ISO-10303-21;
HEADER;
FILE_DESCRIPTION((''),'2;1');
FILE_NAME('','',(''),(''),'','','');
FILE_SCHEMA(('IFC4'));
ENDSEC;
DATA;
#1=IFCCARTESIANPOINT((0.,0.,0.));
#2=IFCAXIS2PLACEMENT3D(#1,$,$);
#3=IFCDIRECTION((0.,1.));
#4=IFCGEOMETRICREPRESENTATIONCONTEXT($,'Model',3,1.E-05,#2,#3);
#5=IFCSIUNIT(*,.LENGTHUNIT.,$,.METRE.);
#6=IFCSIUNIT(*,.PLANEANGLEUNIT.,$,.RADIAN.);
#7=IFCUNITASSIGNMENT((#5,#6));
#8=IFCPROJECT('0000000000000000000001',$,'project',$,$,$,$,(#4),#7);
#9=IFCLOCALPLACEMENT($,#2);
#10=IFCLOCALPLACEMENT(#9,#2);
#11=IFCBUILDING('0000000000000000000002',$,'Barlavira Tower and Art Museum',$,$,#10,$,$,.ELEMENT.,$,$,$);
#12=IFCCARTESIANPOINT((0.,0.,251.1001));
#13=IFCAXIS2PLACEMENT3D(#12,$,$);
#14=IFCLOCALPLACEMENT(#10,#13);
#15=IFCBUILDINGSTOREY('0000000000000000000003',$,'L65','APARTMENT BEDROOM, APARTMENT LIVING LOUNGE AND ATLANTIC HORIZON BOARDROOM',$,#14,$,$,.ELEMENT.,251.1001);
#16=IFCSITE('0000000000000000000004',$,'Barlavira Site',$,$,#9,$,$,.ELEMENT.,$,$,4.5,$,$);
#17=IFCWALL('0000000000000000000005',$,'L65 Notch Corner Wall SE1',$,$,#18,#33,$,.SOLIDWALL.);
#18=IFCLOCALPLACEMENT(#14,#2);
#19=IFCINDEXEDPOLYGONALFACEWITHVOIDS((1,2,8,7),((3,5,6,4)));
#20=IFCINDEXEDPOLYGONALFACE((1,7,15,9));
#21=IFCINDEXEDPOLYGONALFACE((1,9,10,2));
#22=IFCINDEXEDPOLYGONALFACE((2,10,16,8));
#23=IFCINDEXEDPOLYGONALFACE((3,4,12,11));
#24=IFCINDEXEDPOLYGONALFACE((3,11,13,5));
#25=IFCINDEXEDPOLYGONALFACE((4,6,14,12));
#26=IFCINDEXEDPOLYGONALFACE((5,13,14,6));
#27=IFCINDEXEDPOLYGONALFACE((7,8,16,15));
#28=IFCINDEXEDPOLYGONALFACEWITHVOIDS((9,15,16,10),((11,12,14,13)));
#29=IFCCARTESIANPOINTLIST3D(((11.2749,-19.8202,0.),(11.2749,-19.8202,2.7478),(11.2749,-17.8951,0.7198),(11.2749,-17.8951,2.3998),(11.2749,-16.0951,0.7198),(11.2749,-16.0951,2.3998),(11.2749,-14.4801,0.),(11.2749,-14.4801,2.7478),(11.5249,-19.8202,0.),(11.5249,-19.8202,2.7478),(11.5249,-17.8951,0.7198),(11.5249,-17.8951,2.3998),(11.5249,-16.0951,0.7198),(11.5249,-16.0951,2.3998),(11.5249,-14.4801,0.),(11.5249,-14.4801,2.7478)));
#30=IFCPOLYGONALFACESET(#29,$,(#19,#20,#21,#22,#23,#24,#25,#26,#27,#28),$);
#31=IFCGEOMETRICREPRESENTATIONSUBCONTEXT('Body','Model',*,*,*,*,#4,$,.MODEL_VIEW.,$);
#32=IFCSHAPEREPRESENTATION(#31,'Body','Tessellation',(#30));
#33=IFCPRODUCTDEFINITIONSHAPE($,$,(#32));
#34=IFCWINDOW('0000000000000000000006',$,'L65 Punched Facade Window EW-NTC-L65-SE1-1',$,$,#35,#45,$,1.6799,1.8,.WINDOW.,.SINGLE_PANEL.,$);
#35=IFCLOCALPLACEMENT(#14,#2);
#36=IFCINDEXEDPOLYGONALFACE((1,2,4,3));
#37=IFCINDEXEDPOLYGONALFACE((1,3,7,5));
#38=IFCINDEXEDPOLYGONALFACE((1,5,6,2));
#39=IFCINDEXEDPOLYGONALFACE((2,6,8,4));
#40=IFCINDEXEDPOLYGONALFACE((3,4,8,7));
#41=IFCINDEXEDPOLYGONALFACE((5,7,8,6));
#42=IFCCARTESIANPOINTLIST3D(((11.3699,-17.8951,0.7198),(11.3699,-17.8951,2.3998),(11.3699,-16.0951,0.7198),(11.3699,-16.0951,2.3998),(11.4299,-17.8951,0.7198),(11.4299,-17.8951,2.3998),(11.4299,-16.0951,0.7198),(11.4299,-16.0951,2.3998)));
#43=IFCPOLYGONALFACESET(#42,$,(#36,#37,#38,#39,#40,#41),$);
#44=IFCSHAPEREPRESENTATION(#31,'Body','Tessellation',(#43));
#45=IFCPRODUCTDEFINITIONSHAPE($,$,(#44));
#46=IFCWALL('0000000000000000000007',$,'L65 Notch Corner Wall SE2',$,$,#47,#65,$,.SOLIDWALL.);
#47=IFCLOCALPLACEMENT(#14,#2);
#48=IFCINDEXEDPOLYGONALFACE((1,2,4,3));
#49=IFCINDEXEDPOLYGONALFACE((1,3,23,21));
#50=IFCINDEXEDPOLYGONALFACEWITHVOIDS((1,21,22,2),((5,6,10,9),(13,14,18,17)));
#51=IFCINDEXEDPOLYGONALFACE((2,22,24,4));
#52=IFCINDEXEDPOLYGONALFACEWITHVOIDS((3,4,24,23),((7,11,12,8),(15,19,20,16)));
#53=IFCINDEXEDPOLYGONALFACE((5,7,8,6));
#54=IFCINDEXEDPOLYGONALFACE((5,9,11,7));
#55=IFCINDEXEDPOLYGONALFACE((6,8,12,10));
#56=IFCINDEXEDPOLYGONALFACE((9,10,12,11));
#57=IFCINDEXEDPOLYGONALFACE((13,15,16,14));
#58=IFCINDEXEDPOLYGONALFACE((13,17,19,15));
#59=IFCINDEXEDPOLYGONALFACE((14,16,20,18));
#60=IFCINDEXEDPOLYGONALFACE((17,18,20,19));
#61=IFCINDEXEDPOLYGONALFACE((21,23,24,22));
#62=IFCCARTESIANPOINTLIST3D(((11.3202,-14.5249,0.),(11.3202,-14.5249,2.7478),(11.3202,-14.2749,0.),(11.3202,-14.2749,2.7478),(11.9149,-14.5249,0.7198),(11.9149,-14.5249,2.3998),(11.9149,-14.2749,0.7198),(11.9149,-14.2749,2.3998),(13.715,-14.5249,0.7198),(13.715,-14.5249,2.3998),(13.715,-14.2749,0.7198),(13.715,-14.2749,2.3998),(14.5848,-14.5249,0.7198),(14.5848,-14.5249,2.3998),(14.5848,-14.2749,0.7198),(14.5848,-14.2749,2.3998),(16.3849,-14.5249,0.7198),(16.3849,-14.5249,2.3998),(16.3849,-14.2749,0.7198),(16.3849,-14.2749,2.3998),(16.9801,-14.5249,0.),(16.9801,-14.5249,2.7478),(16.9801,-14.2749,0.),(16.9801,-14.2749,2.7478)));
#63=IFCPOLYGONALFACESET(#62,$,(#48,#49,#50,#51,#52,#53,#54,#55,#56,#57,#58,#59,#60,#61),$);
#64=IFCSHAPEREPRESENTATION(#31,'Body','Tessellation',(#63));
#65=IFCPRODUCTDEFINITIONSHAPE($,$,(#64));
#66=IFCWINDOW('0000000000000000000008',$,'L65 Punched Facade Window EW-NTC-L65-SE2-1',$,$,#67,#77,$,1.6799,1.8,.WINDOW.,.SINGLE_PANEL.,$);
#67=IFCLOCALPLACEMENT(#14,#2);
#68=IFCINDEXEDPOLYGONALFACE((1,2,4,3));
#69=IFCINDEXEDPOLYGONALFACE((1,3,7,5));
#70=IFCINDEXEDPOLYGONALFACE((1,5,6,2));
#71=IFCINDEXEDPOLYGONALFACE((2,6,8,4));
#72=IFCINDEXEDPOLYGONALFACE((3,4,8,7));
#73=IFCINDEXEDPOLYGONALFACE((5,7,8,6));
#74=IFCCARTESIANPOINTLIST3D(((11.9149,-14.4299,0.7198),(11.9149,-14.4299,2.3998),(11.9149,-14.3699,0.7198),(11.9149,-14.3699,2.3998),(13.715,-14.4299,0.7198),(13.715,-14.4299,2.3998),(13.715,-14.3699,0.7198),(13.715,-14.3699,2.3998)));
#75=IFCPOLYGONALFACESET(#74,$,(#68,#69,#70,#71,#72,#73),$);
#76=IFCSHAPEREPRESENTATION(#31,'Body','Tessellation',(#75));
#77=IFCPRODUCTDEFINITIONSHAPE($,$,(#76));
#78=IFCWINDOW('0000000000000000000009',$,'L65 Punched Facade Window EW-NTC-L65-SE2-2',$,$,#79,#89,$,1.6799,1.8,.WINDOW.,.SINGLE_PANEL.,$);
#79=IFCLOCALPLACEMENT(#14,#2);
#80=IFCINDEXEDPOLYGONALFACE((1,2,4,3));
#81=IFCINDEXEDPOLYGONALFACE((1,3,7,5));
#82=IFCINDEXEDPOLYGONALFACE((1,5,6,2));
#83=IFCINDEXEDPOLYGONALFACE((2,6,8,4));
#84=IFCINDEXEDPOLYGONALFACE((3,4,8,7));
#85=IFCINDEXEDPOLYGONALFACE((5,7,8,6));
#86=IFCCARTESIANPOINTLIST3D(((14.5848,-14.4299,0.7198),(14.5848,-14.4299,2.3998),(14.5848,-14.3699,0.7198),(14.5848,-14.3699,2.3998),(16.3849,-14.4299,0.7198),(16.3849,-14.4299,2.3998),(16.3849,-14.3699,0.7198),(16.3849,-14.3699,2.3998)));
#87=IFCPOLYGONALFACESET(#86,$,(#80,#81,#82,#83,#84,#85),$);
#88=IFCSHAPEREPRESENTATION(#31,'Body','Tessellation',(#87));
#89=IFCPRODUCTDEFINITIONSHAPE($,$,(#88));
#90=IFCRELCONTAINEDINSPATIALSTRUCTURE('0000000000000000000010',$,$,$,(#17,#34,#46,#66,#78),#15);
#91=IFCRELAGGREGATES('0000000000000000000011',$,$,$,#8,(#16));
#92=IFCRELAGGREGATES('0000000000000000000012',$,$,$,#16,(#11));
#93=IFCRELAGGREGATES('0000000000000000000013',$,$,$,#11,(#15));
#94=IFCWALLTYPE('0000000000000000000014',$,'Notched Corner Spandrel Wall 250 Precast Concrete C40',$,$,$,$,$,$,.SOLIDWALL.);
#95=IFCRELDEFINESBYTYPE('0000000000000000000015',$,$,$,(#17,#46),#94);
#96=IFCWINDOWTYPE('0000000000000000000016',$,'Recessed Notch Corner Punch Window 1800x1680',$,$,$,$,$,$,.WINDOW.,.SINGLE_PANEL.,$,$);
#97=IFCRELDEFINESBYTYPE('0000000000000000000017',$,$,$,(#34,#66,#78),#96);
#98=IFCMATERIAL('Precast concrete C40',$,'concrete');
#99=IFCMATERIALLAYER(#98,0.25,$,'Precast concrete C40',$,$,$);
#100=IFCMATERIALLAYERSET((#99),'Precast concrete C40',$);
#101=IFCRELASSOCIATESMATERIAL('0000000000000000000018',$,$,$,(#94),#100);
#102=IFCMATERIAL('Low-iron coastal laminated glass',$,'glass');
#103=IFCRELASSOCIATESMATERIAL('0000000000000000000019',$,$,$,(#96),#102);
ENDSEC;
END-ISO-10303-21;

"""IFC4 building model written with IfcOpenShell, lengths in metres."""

from ifc_helpers import new_model, si_unit, direction, frame, frame_2d, origin, place, context, subcontext, project, spatial, rectangle, extrude, material, layer, layer_set, type_object, element, fill, save


model = new_model("IFC4")

# Units and contexts
model_context = context("Model", 3, precision=1e-05, world=origin(), true_north=direction((0.0, 1.0)))
body_context = subcontext(model_context, "Body", "Model", "MODEL_VIEW")
ifc_project = project(units=[si_unit("LENGTHUNIT", "METRE"), si_unit("PLANEANGLEUNIT", "RADIAN")], contexts=[model_context])

# Site, building, storey
site_placement = place(None, origin())
site = spatial("IfcSite", under=ifc_project, at=site_placement, Name="Barlavira Site", CompositionType="ELEMENT", RefElevation=4.5)
building_placement = place(site_placement, origin())
building = spatial("IfcBuilding", under=site, at=building_placement, Name="Barlavira Tower and Art Museum", CompositionType="ELEMENT")
storey_placement = place(building_placement, frame((0.0, 0.0, 251.1001)))
storey = spatial("IfcBuildingStorey", under=building, at=storey_placement, Name="L65", Description="APARTMENT BEDROOM, APARTMENT LIVING LOUNGE AND ATLANTIC HORIZON BOARDROOM", CompositionType="ELEMENT", Elevation=251.1001)

# Shared definitions
ifc_material_1 = material(Name="Precast concrete C40", Category="concrete")
ifc_layer_1 = layer(ifc_material_1, 0.25, Name="Precast concrete C40")
ifc_layer_set_1 = layer_set([ifc_layer_1], Name="Precast concrete C40")
wall_type_1 = type_object("IfcWallType", Name="Notched Corner Spandrel Wall 250 Precast Concrete C40", PredefinedType="SOLIDWALL", material=ifc_layer_set_1)
ifc_material_2 = material(Name="Low-iron coastal laminated glass", Category="glass")

# Wall, opening, window
window_type_1 = type_object("IfcWindowType", Name="Recessed Notch Corner Punch Window 1800x1680", PartitioningType="SINGLE_PANEL", PredefinedType="WINDOW", material=ifc_material_2)
wall_1_placement = place(storey_placement, frame((11.3999, -19.8201, 0.0), z_axis=(0.0, 0.0, 1.0), x_axis=(0.0, 1.0, 0.0)))
wall_1 = element("IfcWall", 1, at=wall_1_placement, inside=storey, type_object=wall_type_1, Name="L65 Notch Corner Wall SE1", PredefinedType="SOLIDWALL", context=body_context, shape_type="SweptSolid", body=[
    extrude(rectangle(XDim=5.3401, YDim=0.25, at=frame_2d((2.6699, 0.0))), origin(), (0.0, 0.0, 1.0), 2.7478),
])
opening_1_placement = place(wall_1_placement, frame((1.925, 0.0, 0.72)))
opening_1 = element("IfcOpeningElement", 2, at=opening_1_placement, cuts=wall_1, PredefinedType="OPENING", context=body_context, shape_type="SweptSolid", body=[
    extrude(rectangle(XDim=1.8, YDim=1.6799, at=frame_2d((0.8999, 0.8398))), frame((0.0, 0.135, 0.0), z_axis=(0.0, -1.0, 0.0), x_axis=(1.0, 0.0, 0.0)), (0.0, 0.0, 1.0), 0.27),
])
window_1_placement = place(opening_1_placement, origin())
window_1 = element("IfcWindow", 3, at=window_1_placement, inside=storey, type_object=window_type_1, Name="L65 Punched Facade Window EW-NTC-L65-SE1-1", OverallHeight=1.6799, OverallWidth=1.8, PartitioningType="SINGLE_PANEL", PredefinedType="WINDOW", context=body_context, shape_type="SweptSolid", body=[
    extrude(rectangle(XDim=1.8, YDim=1.6799, at=frame_2d((0.8999, 0.8398))), frame((0.0, 0.03, 0.0), z_axis=(0.0, -1.0, 0.0), x_axis=(1.0, 0.0, 0.0)), (0.0, 0.0, 1.0), 0.0601),
])
fill(opening_1, window_1)

# Wall, openings, windows
wall_2_placement = place(storey_placement, frame((11.3201, -14.3999, 0.0), z_axis=(0.0, 0.0, 1.0), x_axis=(1.0, 0.0, 0.0)))
wall_2 = element("IfcWall", 4, at=wall_2_placement, inside=storey, type_object=wall_type_1, Name="L65 Notch Corner Wall SE2", PredefinedType="SOLIDWALL", context=body_context, shape_type="SweptSolid", body=[
    extrude(rectangle(XDim=5.6599, YDim=0.25, at=frame_2d((2.8301, 0.0))), origin(), (0.0, 0.0, 1.0), 2.7478),
])
opening_2_placement = place(wall_2_placement, frame((0.595, 0.0, 0.72)))
opening_2 = element("IfcOpeningElement", 5, at=opening_2_placement, cuts=wall_2, PredefinedType="OPENING", context=body_context, shape_type="SweptSolid", body=[
    extrude(rectangle(XDim=1.8, YDim=1.6799, at=frame_2d((0.8999, 0.8398))), frame((0.0, 0.135, 0.0), z_axis=(0.0, -1.0, 0.0), x_axis=(1.0, 0.0, 0.0)), (0.0, 0.0, 1.0), 0.27),
])
opening_3_placement = place(wall_2_placement, frame((3.2649, 0.0, 0.72)))
opening_3 = element("IfcOpeningElement", 6, at=opening_3_placement, cuts=wall_2, PredefinedType="OPENING", context=body_context, shape_type="SweptSolid", body=[
    extrude(rectangle(XDim=1.8, YDim=1.6799, at=frame_2d((0.8999, 0.8398))), frame((0.0, 0.135, 0.0), z_axis=(0.0, -1.0, 0.0), x_axis=(1.0, 0.0, 0.0)), (0.0, 0.0, 1.0), 0.27),
])
window_2_placement = place(opening_2_placement, origin())
window_2 = element("IfcWindow", 7, at=window_2_placement, inside=storey, type_object=window_type_1, Name="L65 Punched Facade Window EW-NTC-L65-SE2-1", OverallHeight=1.6799, OverallWidth=1.8, PartitioningType="SINGLE_PANEL", PredefinedType="WINDOW", context=body_context, shape_type="SweptSolid", body=[
    extrude(rectangle(XDim=1.8, YDim=1.6799, at=frame_2d((0.8999, 0.8398))), frame((0.0, 0.03, 0.0), z_axis=(0.0, -1.0, 0.0), x_axis=(1.0, 0.0, 0.0)), (0.0, 0.0, 1.0), 0.0601),
])
fill(opening_2, window_2)
window_3_placement = place(opening_3_placement, origin())
window_3 = element("IfcWindow", 8, at=window_3_placement, inside=storey, type_object=window_type_1, Name="L65 Punched Facade Window EW-NTC-L65-SE2-2", OverallHeight=1.6799, OverallWidth=1.8, PartitioningType="SINGLE_PANEL", PredefinedType="WINDOW", context=body_context, shape_type="SweptSolid", body=[
    extrude(rectangle(XDim=1.8, YDim=1.6799, at=frame_2d((0.8999, 0.8398))), frame((0.0, 0.03, 0.0), z_axis=(0.0, -1.0, 0.0), x_axis=(1.0, 0.0, 0.0)), (0.0, 0.0, 1.0), 0.0601),
])
fill(opening_3, window_3)

save(model, "model.ifc")
